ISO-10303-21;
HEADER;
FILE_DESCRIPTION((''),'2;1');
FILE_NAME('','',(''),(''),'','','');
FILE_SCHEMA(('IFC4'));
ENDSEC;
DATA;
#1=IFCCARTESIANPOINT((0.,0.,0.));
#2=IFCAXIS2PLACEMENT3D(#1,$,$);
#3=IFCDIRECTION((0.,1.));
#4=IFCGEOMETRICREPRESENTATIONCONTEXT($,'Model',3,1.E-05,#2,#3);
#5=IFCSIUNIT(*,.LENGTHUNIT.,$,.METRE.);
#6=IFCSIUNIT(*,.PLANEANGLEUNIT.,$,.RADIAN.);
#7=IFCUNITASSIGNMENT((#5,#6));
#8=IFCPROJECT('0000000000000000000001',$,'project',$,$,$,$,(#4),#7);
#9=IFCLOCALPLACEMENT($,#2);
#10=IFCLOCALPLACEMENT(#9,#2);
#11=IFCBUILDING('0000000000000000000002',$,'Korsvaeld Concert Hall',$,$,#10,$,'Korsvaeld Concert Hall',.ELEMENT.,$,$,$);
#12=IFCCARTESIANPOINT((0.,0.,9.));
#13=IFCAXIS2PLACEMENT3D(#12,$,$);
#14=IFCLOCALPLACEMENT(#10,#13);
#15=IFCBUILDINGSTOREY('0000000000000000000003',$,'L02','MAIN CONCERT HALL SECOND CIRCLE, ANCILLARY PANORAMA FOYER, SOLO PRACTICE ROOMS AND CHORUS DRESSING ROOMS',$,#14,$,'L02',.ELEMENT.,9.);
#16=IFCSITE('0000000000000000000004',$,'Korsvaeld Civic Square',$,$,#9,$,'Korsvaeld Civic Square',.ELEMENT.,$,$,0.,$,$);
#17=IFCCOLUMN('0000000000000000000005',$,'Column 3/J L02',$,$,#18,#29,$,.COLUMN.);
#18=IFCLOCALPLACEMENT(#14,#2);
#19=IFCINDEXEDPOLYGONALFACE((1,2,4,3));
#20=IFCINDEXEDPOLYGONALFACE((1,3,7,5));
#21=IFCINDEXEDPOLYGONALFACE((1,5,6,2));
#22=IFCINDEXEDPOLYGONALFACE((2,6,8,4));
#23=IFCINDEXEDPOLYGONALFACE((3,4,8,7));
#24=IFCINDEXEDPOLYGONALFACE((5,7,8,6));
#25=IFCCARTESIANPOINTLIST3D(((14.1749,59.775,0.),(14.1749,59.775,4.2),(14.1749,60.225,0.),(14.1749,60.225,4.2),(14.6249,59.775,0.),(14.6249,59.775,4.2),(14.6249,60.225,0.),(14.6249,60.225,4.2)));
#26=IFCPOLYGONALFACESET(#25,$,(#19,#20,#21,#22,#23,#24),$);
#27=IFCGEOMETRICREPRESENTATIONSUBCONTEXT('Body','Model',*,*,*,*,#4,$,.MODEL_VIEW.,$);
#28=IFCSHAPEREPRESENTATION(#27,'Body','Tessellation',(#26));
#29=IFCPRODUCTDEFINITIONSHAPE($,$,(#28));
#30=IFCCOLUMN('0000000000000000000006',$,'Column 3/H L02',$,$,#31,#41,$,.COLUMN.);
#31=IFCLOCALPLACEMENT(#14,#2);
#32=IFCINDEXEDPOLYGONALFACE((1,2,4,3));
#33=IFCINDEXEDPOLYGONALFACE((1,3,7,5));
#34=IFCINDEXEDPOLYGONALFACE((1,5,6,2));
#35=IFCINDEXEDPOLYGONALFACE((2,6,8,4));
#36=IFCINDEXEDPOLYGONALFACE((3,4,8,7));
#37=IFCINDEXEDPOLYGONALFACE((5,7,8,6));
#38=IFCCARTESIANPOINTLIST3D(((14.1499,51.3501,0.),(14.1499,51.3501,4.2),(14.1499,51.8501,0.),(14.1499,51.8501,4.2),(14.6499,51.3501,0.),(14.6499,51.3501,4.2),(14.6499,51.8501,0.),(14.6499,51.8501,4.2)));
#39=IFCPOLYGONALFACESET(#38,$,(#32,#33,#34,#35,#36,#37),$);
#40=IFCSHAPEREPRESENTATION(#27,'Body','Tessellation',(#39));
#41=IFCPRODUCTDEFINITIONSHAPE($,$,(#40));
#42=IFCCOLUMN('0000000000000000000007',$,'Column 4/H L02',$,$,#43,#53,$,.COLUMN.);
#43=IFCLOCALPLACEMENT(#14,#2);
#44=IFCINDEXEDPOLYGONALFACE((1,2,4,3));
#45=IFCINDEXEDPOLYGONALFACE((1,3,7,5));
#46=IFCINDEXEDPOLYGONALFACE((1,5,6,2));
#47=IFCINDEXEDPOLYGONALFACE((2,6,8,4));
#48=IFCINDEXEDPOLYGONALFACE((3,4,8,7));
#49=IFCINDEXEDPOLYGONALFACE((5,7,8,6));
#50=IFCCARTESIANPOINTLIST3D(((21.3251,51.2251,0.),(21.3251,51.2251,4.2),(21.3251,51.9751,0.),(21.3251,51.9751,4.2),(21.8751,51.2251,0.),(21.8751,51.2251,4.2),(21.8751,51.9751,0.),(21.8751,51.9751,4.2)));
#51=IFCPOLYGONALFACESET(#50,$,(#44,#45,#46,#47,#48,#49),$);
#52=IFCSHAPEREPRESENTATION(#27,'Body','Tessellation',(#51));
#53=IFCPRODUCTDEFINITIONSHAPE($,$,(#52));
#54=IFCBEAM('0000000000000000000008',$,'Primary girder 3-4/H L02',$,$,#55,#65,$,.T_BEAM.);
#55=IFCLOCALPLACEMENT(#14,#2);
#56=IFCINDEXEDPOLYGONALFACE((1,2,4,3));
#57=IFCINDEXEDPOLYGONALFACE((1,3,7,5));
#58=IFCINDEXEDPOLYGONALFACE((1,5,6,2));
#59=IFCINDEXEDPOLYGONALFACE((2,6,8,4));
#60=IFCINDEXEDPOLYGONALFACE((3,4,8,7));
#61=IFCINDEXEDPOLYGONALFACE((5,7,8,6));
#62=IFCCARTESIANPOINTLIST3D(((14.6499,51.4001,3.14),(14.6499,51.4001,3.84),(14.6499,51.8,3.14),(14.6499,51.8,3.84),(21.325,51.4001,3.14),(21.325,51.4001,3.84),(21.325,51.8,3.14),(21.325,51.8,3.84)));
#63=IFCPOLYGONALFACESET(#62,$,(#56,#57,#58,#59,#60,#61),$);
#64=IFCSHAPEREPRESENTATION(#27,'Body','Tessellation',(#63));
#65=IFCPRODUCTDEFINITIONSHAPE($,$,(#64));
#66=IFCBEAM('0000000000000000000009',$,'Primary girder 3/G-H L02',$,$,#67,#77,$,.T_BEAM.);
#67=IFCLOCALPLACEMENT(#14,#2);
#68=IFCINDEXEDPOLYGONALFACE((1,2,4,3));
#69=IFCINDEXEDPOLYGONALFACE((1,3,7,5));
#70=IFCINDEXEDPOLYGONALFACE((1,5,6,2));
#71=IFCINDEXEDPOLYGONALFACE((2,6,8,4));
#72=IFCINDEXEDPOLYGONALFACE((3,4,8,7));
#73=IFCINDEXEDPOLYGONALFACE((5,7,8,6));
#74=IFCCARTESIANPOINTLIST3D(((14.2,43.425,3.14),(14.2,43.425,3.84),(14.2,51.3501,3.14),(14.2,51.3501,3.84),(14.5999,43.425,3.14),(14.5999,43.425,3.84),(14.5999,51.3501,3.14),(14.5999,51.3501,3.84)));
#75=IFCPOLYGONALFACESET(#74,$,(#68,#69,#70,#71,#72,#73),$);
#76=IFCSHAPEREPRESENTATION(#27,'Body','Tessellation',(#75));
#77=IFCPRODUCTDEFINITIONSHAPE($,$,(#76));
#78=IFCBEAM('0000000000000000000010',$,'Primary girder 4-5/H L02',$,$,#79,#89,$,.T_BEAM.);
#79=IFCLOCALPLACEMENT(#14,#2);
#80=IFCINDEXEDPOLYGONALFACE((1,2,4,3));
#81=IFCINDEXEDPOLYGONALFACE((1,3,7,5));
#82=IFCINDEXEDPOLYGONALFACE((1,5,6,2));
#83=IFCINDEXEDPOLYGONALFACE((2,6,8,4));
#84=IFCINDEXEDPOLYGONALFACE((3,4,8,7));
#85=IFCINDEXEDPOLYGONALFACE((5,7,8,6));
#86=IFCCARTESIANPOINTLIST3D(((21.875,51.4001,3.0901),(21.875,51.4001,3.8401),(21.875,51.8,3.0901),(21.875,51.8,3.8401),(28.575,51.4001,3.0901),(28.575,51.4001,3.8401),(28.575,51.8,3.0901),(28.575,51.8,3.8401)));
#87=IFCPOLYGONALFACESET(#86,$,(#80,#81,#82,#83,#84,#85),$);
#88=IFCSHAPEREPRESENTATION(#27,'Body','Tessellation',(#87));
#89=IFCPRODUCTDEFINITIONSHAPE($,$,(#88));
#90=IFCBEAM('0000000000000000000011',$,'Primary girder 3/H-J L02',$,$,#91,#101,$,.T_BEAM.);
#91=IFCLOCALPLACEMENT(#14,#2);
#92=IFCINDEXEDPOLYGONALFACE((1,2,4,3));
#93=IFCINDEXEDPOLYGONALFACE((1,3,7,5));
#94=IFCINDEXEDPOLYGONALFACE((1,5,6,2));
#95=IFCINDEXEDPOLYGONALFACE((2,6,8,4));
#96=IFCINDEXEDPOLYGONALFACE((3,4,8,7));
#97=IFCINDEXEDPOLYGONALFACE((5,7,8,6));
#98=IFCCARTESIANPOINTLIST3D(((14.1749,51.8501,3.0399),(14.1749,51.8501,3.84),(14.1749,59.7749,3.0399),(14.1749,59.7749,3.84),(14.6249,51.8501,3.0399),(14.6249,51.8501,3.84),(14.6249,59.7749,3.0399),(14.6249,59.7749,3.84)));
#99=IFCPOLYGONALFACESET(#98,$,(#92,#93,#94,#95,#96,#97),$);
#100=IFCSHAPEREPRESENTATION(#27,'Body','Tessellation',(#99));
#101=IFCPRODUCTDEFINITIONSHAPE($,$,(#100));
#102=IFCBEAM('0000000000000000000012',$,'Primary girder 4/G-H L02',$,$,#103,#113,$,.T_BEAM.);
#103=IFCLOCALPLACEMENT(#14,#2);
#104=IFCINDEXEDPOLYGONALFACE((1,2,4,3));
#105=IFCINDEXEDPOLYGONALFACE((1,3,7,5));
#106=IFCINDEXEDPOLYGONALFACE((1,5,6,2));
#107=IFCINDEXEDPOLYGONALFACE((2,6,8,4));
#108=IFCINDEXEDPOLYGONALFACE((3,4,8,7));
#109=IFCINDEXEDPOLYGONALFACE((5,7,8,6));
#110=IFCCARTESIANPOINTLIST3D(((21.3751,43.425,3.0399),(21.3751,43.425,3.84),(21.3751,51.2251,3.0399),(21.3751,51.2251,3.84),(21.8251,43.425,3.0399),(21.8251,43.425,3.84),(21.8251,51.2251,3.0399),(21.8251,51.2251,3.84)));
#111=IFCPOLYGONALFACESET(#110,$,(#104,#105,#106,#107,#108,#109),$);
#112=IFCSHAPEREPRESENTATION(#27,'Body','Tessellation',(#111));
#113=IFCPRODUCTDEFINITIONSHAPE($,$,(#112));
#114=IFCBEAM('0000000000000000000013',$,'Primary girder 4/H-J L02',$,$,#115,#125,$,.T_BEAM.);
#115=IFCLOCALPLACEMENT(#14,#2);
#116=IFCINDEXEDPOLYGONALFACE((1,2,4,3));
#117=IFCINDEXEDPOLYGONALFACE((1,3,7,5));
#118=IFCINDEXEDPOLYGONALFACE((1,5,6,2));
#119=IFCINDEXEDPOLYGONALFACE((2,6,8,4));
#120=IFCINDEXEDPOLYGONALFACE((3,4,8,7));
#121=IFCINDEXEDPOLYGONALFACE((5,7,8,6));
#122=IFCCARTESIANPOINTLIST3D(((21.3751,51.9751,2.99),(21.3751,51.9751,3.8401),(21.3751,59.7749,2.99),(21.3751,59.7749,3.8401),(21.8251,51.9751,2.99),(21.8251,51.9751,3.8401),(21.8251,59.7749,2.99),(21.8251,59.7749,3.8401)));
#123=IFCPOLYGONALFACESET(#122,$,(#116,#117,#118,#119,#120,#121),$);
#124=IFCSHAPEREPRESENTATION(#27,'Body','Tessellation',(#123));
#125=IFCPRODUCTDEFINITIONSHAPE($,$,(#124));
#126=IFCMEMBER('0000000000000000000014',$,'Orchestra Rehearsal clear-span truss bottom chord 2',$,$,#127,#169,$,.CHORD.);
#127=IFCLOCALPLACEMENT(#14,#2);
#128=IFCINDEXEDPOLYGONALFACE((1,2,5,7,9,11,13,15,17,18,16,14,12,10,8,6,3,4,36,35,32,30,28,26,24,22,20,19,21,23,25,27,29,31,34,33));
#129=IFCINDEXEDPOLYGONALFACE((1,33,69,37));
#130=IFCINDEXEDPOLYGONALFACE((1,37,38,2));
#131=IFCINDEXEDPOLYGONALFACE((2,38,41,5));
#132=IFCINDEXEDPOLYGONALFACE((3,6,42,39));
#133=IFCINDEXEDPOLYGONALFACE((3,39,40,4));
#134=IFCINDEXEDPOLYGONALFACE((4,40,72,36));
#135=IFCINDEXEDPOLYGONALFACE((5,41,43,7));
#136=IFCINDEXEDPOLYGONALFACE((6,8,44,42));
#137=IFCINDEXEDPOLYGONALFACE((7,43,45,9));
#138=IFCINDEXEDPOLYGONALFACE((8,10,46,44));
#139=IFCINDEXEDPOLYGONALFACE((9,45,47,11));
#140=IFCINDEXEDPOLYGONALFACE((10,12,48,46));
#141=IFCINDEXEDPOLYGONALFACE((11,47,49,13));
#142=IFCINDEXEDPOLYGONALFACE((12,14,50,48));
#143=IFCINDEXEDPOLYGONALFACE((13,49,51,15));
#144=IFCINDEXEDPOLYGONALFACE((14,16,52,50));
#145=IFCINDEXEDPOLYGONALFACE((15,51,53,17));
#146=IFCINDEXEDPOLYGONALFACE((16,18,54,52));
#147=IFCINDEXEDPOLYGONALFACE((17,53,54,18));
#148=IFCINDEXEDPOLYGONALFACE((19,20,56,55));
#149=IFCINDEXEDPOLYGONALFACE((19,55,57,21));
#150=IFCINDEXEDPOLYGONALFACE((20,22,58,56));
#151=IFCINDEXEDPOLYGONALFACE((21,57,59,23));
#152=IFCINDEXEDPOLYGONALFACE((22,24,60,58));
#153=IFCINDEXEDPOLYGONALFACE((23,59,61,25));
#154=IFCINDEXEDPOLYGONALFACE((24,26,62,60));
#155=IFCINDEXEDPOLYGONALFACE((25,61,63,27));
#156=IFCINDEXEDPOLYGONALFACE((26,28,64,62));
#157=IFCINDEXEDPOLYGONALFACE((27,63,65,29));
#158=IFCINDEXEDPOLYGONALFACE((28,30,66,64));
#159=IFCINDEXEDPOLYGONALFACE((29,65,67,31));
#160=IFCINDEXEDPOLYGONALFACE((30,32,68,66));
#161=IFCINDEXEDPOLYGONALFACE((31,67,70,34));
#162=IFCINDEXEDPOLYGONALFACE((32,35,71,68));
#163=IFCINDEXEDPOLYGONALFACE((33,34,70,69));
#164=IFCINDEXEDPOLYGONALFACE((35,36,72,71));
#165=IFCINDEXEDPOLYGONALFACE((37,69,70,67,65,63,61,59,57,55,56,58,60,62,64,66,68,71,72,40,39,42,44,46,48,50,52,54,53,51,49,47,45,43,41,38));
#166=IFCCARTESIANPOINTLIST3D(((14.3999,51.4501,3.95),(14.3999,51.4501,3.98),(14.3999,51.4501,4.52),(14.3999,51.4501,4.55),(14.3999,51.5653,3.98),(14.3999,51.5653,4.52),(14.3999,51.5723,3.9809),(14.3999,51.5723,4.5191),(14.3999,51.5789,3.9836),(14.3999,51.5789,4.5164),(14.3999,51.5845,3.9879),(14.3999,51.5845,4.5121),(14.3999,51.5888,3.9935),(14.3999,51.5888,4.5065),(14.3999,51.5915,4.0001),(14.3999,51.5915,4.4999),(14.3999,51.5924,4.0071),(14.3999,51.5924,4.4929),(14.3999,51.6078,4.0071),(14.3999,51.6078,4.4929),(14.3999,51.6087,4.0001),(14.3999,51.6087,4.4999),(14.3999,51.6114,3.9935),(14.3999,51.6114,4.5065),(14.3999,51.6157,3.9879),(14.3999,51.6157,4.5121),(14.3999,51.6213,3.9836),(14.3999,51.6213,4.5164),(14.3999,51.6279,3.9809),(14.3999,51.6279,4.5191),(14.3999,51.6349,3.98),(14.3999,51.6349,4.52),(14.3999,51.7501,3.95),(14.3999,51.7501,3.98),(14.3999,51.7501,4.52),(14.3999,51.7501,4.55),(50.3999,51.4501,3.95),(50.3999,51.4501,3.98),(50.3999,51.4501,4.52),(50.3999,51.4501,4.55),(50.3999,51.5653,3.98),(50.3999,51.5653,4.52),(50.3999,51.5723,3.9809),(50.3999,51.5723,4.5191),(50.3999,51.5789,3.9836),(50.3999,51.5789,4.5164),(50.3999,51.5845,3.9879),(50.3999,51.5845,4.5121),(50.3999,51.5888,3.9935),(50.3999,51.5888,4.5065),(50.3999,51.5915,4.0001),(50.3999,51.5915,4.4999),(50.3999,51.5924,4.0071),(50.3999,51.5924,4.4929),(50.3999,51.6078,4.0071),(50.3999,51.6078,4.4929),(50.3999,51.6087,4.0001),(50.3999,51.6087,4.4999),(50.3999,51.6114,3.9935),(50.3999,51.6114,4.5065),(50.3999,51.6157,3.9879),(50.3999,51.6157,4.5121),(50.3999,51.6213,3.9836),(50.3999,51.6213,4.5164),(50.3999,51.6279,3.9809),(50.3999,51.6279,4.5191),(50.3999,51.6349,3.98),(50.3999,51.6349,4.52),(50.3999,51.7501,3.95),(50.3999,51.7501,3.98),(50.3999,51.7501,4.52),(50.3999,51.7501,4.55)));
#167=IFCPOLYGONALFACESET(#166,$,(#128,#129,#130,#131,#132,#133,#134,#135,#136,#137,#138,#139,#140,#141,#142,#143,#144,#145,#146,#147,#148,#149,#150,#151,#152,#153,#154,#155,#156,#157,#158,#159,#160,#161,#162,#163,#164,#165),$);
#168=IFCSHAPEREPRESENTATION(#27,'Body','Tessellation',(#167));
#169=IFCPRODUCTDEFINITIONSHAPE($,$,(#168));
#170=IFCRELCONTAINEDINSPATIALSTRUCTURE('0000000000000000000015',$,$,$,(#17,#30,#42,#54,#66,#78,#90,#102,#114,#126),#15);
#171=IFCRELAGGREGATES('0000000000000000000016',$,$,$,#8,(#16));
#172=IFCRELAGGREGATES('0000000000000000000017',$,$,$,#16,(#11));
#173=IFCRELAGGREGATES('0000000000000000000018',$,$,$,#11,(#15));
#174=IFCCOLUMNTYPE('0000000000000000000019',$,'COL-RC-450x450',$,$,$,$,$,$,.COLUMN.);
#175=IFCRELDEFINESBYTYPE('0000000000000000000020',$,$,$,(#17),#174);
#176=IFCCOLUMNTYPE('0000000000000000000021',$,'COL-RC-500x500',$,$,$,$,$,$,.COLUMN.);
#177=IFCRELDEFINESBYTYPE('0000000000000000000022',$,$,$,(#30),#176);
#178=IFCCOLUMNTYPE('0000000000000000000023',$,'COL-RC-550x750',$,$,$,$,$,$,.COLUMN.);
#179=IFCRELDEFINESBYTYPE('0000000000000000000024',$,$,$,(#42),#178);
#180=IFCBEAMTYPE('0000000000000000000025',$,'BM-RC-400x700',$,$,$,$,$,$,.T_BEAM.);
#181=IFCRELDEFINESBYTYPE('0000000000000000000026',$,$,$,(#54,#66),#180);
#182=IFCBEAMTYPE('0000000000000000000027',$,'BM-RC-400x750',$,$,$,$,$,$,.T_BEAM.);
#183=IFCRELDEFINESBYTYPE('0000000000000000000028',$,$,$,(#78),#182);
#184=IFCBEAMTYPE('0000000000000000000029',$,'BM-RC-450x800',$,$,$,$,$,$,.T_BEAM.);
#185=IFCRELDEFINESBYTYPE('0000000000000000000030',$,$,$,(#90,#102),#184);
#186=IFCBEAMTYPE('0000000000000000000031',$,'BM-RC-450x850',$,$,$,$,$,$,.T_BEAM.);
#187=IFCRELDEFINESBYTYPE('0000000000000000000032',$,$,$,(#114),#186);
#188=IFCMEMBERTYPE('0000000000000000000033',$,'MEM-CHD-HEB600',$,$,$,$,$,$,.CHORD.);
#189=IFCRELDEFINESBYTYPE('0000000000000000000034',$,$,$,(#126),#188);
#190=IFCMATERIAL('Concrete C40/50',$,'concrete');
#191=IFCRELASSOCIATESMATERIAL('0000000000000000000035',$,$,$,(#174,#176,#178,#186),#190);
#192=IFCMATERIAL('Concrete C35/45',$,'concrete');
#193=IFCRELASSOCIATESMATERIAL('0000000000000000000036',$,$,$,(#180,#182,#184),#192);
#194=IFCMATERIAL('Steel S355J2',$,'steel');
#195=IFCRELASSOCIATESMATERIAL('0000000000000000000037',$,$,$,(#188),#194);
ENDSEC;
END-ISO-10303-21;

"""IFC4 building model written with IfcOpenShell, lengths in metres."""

from ifc_helpers import new_model, si_unit, direction, frame, origin, origin_2d, place, context, subcontext, project, spatial, rectangle, i_section, extrude, material, material_profile, profile_set, type_object, element, save


model = new_model("IFC4")

# Units and contexts
model_context = context("Model", 3, precision=1e-05, world=origin(), true_north=direction((0.0, 1.0)))
body_context = subcontext(model_context, "Body", "Model", "MODEL_VIEW")
ifc_project = project(units=[si_unit("LENGTHUNIT", "METRE"), si_unit("PLANEANGLEUNIT", "RADIAN")], contexts=[model_context])

# Site, building, storey
site_placement = place(None, origin())
site = spatial("IfcSite", under=ifc_project, at=site_placement, Name="Korsvaeld Civic Square", LongName="Korsvaeld Civic Square", CompositionType="ELEMENT", RefElevation=0.0)
building_placement = place(site_placement, origin())
building = spatial("IfcBuilding", under=site, at=building_placement, Name="Korsvaeld Concert Hall", LongName="Korsvaeld Concert Hall", CompositionType="ELEMENT")
storey_placement = place(building_placement, frame((0.0, 0.0, 9.0)))
storey = spatial("IfcBuildingStorey", under=building, at=storey_placement, Name="L02", Description="MAIN CONCERT HALL SECOND CIRCLE, ANCILLARY PANORAMA FOYER, SOLO PRACTICE ROOMS AND CHORUS DRESSING ROOMS", LongName="L02", CompositionType="ELEMENT", Elevation=9.0)

# Columns
ifc_material_1 = material(Name="Concrete C40/50", Category="concrete")
ifc_material_profile_1 = material_profile(ifc_material_1, rectangle(XDim=0.45, YDim=0.45, at=origin_2d()), Name="RC 450x450")
ifc_profile_set_1 = profile_set([ifc_material_profile_1], Name="Concrete C40/50")
column_type_1 = type_object("IfcColumnType", Name="COL-RC-450x450", PredefinedType="COLUMN", material=ifc_profile_set_1)
column_1_placement = place(storey_placement, frame((14.3999, 60.0, 0.0), z_axis=(0.0, 0.0, 1.0), x_axis=(1.0, 0.0, 0.0)))
element("IfcColumn", 1, at=column_1_placement, inside=storey, type_object=column_type_1, Name="Column 3/J L02", PredefinedType="COLUMN", context=body_context, shape_type="SweptSolid", body=[
    extrude(rectangle(XDim=0.45, YDim=0.45, at=origin_2d()), origin(), (0.0, 0.0, 1.0), 4.2),
])
ifc_material_profile_2 = material_profile(ifc_material_1, rectangle(XDim=0.5, YDim=0.5, at=origin_2d()), Name="RC 500x500")
ifc_profile_set_2 = profile_set([ifc_material_profile_2], Name="Concrete C40/50")
column_type_2 = type_object("IfcColumnType", Name="COL-RC-500x500", PredefinedType="COLUMN", material=ifc_profile_set_2)
column_2_placement = place(storey_placement, frame((14.3999, 51.6001, 0.0), z_axis=(0.0, 0.0, 1.0), x_axis=(1.0, 0.0, 0.0)))
element("IfcColumn", 2, at=column_2_placement, inside=storey, type_object=column_type_2, Name="Column 3/H L02", PredefinedType="COLUMN", context=body_context, shape_type="SweptSolid", body=[
    extrude(rectangle(XDim=0.5, YDim=0.5, at=origin_2d()), origin(), (0.0, 0.0, 1.0), 4.2),
])
ifc_material_profile_3 = material_profile(ifc_material_1, rectangle(XDim=0.55, YDim=0.75, at=origin_2d()), Name="RC 550x750")
ifc_profile_set_3 = profile_set([ifc_material_profile_3], Name="Concrete C40/50")
column_type_3 = type_object("IfcColumnType", Name="COL-RC-550x750", PredefinedType="COLUMN", material=ifc_profile_set_3)
column_3_placement = place(storey_placement, frame((21.6001, 51.6001, 0.0), z_axis=(0.0, 0.0, 1.0), x_axis=(1.0, 0.0, 0.0)))
element("IfcColumn", 3, at=column_3_placement, inside=storey, type_object=column_type_3, Name="Column 4/H L02", PredefinedType="COLUMN", context=body_context, shape_type="SweptSolid", body=[
    extrude(rectangle(XDim=0.55, YDim=0.75, at=origin_2d()), origin(), (0.0, 0.0, 1.0), 4.2),
])

# Beams
ifc_material_2 = material(Name="Concrete C35/45", Category="concrete")
ifc_material_profile_4 = material_profile(ifc_material_2, rectangle(XDim=0.3999, YDim=0.7, at=origin_2d()), Name="RC 400x700")
ifc_profile_set_4 = profile_set([ifc_material_profile_4], Name="Concrete C35/45")
beam_type_1 = type_object("IfcBeamType", Name="BM-RC-400x700", PredefinedType="T_BEAM", material=ifc_profile_set_4)
beam_1_placement = place(storey_placement, frame((14.6499, 51.6001, 3.49), z_axis=(1.0, 0.0, 0.0), x_axis=(0.0, 1.0, 0.0)))
element("IfcBeam", 4, at=beam_1_placement, inside=storey, type_object=beam_type_1, Name="Primary girder 3-4/H L02", PredefinedType="T_BEAM", context=body_context, shape_type="SweptSolid", body=[
    extrude(rectangle(XDim=0.3999, YDim=0.7, at=origin_2d()), origin(), (0.0, 0.0, 1.0), 6.675),
])
beam_2_placement = place(storey_placement, frame((14.3999, 43.425, 3.49), z_axis=(0.0, 1.0, 0.0), x_axis=(-1.0, 0.0, 0.0)))
element("IfcBeam", 5, at=beam_2_placement, inside=storey, type_object=beam_type_1, Name="Primary girder 3/G-H L02", PredefinedType="T_BEAM", context=body_context, shape_type="SweptSolid", body=[
    extrude(rectangle(XDim=0.3999, YDim=0.7, at=origin_2d()), origin(), (0.0, 0.0, 1.0), 7.925),
])
ifc_material_profile_5 = material_profile(ifc_material_2, rectangle(XDim=0.3999, YDim=0.75, at=origin_2d()), Name="RC 400x750")
ifc_profile_set_5 = profile_set([ifc_material_profile_5], Name="Concrete C35/45")
beam_type_2 = type_object("IfcBeamType", Name="BM-RC-400x750", PredefinedType="T_BEAM", material=ifc_profile_set_5)
beam_3_placement = place(storey_placement, frame((21.875, 51.6001, 3.4651), z_axis=(1.0, 0.0, 0.0), x_axis=(0.0, 1.0, 0.0)))
element("IfcBeam", 6, at=beam_3_placement, inside=storey, type_object=beam_type_2, Name="Primary girder 4-5/H L02", PredefinedType="T_BEAM", context=body_context, shape_type="SweptSolid", body=[
    extrude(rectangle(XDim=0.3999, YDim=0.75, at=origin_2d()), origin(), (0.0, 0.0, 1.0), 6.7),
])
ifc_material_profile_6 = material_profile(ifc_material_2, rectangle(XDim=0.45, YDim=0.8, at=origin_2d()), Name="RC 450x800")
ifc_profile_set_6 = profile_set([ifc_material_profile_6], Name="Concrete C35/45")
beam_type_3 = type_object("IfcBeamType", Name="BM-RC-450x800", PredefinedType="T_BEAM", material=ifc_profile_set_6)
beam_4_placement = place(storey_placement, frame((14.3999, 51.8501, 3.4399), z_axis=(0.0, 1.0, 0.0), x_axis=(-1.0, 0.0, 0.0)))
element("IfcBeam", 7, at=beam_4_placement, inside=storey, type_object=beam_type_3, Name="Primary girder 3/H-J L02", PredefinedType="T_BEAM", context=body_context, shape_type="SweptSolid", body=[
    extrude(rectangle(XDim=0.45, YDim=0.8, at=origin_2d()), origin(), (0.0, 0.0, 1.0), 7.9248),
])
beam_5_placement = place(storey_placement, frame((21.6001, 43.425, 3.4399), z_axis=(0.0, 1.0, 0.0), x_axis=(-1.0, 0.0, 0.0)))
element("IfcBeam", 8, at=beam_5_placement, inside=storey, type_object=beam_type_3, Name="Primary girder 4/G-H L02", PredefinedType="T_BEAM", context=body_context, shape_type="SweptSolid", body=[
    extrude(rectangle(XDim=0.45, YDim=0.8, at=origin_2d()), origin(), (0.0, 0.0, 1.0), 7.8),
])
ifc_material_profile_7 = material_profile(ifc_material_1, rectangle(XDim=0.45, YDim=0.8501, at=origin_2d()), Name="RC 450x850")
ifc_profile_set_7 = profile_set([ifc_material_profile_7], Name="Concrete C40/50")
beam_type_4 = type_object("IfcBeamType", Name="BM-RC-450x850", PredefinedType="T_BEAM", material=ifc_profile_set_7)
beam_6_placement = place(storey_placement, frame((21.6001, 51.9751, 3.415), z_axis=(0.0, 1.0, 0.0), x_axis=(-1.0, 0.0, 0.0)))
element("IfcBeam", 9, at=beam_6_placement, inside=storey, type_object=beam_type_4, Name="Primary girder 4/H-J L02", PredefinedType="T_BEAM", context=body_context, shape_type="SweptSolid", body=[
    extrude(rectangle(XDim=0.45, YDim=0.8501, at=origin_2d()), origin(), (0.0, 0.0, 1.0), 7.7998),
])

# Member
ifc_material_3 = material(Name="Steel S355J2", Category="steel")
ifc_material_profile_8 = material_profile(ifc_material_3, i_section(OverallWidth=0.3, OverallDepth=0.6001, WebThickness=0.0154, FlangeThickness=0.03, FilletRadius=0.0271, at=origin_2d()), Name="HEB 600")
ifc_profile_set_8 = profile_set([ifc_material_profile_8], Name="Steel S355J2")
member_type_1 = type_object("IfcMemberType", Name="MEM-CHD-HEB600", PredefinedType="CHORD", material=ifc_profile_set_8)
for number, where, z_axis, x_axis, name in (
    (10, (14.3999, 51.6001, 4.25), (1.0, 0.0, 0.0), (0.0, 1.0, 0.0), "Orchestra Rehearsal clear-span truss bottom chord 2"),
):
    element("IfcMember", number, at=place(storey_placement, frame(where, z_axis=z_axis, x_axis=x_axis)), inside=storey, type_object=member_type_1, Name=name, PredefinedType="CHORD", context=body_context, shape_type="SweptSolid", body=[
        extrude(i_section(OverallWidth=0.3, OverallDepth=0.6001, WebThickness=0.0154, FlangeThickness=0.03, FilletRadius=0.0271, at=origin_2d()), origin(), (0.0, 0.0, 1.0), 36.0),
    ])

save(model, "model.ifc")
